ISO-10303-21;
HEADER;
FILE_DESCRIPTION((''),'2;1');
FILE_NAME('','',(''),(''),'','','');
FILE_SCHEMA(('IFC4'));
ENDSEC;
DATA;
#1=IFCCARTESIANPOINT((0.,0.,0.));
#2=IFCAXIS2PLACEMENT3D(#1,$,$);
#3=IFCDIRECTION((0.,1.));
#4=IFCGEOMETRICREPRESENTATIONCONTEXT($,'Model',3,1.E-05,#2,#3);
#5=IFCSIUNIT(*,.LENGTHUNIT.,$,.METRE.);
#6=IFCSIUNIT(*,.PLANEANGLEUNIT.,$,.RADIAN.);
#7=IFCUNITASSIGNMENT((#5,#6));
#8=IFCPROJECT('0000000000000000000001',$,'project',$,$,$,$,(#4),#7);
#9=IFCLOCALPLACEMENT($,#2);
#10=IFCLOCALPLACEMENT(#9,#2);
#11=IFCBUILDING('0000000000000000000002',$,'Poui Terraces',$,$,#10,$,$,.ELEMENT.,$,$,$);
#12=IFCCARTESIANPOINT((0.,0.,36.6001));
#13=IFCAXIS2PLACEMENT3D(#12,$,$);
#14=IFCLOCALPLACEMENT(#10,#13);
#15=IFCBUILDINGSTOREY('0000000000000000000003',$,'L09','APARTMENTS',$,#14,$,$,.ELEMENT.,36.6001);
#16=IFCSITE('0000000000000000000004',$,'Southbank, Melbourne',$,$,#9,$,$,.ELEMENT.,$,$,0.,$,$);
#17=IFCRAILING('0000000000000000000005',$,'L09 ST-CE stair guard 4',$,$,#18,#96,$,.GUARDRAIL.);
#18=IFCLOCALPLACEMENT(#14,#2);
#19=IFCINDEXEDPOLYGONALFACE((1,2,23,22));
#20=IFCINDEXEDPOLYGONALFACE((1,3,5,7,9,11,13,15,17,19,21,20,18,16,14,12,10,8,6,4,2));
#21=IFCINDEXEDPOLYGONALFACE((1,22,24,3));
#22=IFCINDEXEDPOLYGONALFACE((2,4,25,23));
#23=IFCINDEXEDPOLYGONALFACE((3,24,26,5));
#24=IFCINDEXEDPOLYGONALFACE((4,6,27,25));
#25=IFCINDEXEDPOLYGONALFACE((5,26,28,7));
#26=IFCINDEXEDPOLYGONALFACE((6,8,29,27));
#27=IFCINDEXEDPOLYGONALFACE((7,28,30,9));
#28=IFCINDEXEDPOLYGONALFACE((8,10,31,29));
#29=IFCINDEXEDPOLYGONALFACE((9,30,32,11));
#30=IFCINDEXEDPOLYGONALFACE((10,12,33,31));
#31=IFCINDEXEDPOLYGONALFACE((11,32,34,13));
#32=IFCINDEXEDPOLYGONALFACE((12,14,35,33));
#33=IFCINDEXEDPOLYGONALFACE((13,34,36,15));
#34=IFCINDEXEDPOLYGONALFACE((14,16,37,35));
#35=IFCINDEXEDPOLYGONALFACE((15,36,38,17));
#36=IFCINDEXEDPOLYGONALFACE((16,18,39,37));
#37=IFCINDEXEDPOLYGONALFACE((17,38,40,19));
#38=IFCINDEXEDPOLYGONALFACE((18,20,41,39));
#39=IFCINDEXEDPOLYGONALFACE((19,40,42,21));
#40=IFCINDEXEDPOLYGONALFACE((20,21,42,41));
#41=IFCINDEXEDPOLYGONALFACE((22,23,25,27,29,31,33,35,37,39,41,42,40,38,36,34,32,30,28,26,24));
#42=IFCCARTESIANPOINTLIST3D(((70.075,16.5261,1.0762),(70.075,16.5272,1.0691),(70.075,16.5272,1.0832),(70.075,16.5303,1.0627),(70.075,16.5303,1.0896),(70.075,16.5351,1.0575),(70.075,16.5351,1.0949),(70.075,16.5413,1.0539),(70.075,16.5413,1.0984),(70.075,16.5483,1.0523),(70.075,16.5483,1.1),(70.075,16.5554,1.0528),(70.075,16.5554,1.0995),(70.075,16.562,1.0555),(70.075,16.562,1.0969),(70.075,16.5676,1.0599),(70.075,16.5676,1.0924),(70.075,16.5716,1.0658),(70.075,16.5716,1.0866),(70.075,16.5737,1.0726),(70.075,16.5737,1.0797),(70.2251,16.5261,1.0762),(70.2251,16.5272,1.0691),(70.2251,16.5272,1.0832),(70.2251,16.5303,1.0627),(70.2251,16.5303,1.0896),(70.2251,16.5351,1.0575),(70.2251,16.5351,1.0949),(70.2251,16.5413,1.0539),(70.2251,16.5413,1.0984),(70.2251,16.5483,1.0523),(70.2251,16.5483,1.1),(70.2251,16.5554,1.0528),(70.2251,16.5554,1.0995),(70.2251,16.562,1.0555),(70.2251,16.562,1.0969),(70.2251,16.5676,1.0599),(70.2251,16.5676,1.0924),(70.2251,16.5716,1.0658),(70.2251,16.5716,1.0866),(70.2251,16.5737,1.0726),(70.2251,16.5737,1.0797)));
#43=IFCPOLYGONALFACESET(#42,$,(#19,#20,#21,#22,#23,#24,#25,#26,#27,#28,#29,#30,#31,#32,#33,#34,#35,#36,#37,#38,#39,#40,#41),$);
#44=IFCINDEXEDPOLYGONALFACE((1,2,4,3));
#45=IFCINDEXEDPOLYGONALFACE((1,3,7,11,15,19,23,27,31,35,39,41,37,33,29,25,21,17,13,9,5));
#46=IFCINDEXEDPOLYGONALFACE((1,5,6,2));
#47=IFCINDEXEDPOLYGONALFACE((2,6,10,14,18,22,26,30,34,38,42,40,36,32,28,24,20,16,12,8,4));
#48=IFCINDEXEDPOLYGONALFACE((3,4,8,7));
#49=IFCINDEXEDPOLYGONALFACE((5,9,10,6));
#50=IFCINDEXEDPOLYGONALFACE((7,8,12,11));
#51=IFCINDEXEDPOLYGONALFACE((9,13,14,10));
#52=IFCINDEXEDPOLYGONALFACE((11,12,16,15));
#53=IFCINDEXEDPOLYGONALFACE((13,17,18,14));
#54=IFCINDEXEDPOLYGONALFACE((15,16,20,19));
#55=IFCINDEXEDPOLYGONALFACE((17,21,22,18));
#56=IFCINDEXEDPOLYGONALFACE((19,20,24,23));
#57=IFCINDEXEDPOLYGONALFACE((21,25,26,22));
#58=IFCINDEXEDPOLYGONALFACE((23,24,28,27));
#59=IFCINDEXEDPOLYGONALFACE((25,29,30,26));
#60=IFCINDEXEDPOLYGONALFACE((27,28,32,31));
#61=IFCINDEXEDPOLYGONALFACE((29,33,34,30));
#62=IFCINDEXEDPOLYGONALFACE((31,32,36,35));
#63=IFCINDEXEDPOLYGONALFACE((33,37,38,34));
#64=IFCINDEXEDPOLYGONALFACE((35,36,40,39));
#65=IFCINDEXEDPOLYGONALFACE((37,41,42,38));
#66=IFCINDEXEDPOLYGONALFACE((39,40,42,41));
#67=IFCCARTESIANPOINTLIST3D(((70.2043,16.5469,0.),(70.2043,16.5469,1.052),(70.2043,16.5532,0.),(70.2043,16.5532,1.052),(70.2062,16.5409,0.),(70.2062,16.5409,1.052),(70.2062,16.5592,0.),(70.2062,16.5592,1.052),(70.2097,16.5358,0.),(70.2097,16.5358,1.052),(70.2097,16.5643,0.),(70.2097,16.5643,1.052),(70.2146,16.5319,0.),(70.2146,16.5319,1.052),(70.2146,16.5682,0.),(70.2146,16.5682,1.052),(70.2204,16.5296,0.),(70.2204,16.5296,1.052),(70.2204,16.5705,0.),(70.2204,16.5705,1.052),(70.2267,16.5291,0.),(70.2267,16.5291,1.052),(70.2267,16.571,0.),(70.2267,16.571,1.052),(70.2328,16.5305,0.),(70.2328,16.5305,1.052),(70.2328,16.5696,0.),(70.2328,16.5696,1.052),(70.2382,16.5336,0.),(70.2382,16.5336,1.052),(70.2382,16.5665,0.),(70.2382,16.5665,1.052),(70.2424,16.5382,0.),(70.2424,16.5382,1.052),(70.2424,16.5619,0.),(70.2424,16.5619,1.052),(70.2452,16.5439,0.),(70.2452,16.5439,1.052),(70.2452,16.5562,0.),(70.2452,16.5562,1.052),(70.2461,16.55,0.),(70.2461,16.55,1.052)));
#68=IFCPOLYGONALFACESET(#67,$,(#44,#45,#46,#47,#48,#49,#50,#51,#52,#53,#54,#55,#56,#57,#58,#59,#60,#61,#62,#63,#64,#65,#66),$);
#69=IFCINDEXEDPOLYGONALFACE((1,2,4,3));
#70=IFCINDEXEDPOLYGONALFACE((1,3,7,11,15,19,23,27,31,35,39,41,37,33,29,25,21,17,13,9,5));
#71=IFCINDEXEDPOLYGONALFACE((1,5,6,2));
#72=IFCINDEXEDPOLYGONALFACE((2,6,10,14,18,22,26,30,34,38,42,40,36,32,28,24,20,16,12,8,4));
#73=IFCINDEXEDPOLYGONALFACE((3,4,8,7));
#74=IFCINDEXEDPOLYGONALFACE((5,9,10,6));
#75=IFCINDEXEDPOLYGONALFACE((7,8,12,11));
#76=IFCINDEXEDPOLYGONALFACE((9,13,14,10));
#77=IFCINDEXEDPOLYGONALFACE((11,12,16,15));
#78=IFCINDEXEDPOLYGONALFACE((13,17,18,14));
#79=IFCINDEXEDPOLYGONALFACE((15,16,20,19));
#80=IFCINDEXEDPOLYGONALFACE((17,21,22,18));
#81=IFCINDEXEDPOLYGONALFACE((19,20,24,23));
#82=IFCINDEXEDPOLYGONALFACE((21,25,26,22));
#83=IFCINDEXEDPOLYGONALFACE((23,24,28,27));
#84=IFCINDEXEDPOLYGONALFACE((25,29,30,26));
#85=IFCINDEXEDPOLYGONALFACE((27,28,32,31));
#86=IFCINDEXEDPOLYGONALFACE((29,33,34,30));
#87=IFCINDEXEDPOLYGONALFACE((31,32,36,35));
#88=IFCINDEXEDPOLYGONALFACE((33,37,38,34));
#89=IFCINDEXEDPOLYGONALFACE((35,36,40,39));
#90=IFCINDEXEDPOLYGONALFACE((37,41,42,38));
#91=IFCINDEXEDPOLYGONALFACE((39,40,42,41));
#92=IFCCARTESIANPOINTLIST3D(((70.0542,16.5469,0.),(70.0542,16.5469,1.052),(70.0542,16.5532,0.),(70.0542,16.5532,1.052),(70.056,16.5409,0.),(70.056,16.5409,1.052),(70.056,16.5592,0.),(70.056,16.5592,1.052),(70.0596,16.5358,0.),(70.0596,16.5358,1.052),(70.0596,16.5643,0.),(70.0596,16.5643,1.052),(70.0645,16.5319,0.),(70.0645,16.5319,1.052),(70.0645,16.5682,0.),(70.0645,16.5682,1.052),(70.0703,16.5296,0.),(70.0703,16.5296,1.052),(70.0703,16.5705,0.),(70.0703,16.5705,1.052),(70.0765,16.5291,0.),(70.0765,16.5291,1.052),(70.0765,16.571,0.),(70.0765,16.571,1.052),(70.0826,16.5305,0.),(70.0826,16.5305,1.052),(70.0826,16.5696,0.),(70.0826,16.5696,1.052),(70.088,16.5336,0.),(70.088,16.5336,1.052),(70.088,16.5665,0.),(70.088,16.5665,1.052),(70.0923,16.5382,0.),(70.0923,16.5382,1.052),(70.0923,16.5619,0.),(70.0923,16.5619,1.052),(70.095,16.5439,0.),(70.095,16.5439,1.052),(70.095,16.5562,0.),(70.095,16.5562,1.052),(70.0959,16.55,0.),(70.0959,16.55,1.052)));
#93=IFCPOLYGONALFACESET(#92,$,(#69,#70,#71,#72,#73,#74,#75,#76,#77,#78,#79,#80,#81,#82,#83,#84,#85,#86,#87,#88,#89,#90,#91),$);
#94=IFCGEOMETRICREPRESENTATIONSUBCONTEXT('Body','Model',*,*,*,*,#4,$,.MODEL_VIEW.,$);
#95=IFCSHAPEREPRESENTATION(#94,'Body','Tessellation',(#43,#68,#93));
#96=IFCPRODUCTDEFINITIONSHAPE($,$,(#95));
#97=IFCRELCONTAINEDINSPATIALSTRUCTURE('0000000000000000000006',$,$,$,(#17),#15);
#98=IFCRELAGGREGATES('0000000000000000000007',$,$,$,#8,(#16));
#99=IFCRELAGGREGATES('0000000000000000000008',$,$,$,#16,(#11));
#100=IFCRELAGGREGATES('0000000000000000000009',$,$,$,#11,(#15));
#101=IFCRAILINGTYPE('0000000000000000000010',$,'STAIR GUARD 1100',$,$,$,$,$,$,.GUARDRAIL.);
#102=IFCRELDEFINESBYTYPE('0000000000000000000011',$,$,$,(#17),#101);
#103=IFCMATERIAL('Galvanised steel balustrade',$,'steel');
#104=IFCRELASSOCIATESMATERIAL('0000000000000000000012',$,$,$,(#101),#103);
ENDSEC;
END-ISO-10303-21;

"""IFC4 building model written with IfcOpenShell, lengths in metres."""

from ifc_helpers import new_model, si_unit, direction, frame, origin, origin_2d, place, context, subcontext, project, spatial, circle, extrude, material, type_object, element, save


model = new_model("IFC4")

# Units and contexts
model_context = context("Model", 3, precision=1e-05, world=origin(), true_north=direction((0.0, 1.0)))
body_context = subcontext(model_context, "Body", "Model", "MODEL_VIEW")
ifc_project = project(units=[si_unit("LENGTHUNIT", "METRE"), si_unit("PLANEANGLEUNIT", "RADIAN")], contexts=[model_context])

# Site, building, storey
site_placement = place(None, origin())
site = spatial("IfcSite", under=ifc_project, at=site_placement, Name="Southbank, Melbourne", CompositionType="ELEMENT", RefElevation=0.0)
building_placement = place(site_placement, origin())
building = spatial("IfcBuilding", under=site, at=building_placement, Name="Poui Terraces", CompositionType="ELEMENT")
storey_placement = place(building_placement, frame((0.0, 0.0, 36.6001)))
storey = spatial("IfcBuildingStorey", under=building, at=storey_placement, Name="L09", Description="APARTMENTS", CompositionType="ELEMENT", Elevation=36.6001)

# Railing
ifc_material_1 = material(Name="Galvanised steel balustrade", Category="steel")
railing_type = type_object("IfcRailingType", Name="STAIR GUARD 1100", PredefinedType="GUARDRAIL", material=ifc_material_1)
railing_1_placement = place(storey_placement, frame((70.2251, 16.55, 0.0)))
element("IfcRailing", 1, at=railing_1_placement, inside=storey, type_object=railing_type, Name="L09 ST-CE stair guard 4", PredefinedType="GUARDRAIL", context=body_context, shape_type="SweptSolid", body=[
    extrude(circle(Radius=0.0239, at=origin_2d()), frame((0.0, 0.0, 1.0762), z_axis=(-1.0, 0.0, 0.0), x_axis=(0.0, -1.0, 0.0)), (0.0, 0.0, 1.0), 0.1501),
    extrude(circle(Radius=0.021, at=origin_2d()), origin(), (0.0, 0.0, 1.0), 1.052),
    extrude(circle(Radius=0.021, at=origin_2d()), frame((-0.1501, 0.0, 0.0)), (0.0, 0.0, 1.0), 1.052),
])

save(model, "model.ifc")
